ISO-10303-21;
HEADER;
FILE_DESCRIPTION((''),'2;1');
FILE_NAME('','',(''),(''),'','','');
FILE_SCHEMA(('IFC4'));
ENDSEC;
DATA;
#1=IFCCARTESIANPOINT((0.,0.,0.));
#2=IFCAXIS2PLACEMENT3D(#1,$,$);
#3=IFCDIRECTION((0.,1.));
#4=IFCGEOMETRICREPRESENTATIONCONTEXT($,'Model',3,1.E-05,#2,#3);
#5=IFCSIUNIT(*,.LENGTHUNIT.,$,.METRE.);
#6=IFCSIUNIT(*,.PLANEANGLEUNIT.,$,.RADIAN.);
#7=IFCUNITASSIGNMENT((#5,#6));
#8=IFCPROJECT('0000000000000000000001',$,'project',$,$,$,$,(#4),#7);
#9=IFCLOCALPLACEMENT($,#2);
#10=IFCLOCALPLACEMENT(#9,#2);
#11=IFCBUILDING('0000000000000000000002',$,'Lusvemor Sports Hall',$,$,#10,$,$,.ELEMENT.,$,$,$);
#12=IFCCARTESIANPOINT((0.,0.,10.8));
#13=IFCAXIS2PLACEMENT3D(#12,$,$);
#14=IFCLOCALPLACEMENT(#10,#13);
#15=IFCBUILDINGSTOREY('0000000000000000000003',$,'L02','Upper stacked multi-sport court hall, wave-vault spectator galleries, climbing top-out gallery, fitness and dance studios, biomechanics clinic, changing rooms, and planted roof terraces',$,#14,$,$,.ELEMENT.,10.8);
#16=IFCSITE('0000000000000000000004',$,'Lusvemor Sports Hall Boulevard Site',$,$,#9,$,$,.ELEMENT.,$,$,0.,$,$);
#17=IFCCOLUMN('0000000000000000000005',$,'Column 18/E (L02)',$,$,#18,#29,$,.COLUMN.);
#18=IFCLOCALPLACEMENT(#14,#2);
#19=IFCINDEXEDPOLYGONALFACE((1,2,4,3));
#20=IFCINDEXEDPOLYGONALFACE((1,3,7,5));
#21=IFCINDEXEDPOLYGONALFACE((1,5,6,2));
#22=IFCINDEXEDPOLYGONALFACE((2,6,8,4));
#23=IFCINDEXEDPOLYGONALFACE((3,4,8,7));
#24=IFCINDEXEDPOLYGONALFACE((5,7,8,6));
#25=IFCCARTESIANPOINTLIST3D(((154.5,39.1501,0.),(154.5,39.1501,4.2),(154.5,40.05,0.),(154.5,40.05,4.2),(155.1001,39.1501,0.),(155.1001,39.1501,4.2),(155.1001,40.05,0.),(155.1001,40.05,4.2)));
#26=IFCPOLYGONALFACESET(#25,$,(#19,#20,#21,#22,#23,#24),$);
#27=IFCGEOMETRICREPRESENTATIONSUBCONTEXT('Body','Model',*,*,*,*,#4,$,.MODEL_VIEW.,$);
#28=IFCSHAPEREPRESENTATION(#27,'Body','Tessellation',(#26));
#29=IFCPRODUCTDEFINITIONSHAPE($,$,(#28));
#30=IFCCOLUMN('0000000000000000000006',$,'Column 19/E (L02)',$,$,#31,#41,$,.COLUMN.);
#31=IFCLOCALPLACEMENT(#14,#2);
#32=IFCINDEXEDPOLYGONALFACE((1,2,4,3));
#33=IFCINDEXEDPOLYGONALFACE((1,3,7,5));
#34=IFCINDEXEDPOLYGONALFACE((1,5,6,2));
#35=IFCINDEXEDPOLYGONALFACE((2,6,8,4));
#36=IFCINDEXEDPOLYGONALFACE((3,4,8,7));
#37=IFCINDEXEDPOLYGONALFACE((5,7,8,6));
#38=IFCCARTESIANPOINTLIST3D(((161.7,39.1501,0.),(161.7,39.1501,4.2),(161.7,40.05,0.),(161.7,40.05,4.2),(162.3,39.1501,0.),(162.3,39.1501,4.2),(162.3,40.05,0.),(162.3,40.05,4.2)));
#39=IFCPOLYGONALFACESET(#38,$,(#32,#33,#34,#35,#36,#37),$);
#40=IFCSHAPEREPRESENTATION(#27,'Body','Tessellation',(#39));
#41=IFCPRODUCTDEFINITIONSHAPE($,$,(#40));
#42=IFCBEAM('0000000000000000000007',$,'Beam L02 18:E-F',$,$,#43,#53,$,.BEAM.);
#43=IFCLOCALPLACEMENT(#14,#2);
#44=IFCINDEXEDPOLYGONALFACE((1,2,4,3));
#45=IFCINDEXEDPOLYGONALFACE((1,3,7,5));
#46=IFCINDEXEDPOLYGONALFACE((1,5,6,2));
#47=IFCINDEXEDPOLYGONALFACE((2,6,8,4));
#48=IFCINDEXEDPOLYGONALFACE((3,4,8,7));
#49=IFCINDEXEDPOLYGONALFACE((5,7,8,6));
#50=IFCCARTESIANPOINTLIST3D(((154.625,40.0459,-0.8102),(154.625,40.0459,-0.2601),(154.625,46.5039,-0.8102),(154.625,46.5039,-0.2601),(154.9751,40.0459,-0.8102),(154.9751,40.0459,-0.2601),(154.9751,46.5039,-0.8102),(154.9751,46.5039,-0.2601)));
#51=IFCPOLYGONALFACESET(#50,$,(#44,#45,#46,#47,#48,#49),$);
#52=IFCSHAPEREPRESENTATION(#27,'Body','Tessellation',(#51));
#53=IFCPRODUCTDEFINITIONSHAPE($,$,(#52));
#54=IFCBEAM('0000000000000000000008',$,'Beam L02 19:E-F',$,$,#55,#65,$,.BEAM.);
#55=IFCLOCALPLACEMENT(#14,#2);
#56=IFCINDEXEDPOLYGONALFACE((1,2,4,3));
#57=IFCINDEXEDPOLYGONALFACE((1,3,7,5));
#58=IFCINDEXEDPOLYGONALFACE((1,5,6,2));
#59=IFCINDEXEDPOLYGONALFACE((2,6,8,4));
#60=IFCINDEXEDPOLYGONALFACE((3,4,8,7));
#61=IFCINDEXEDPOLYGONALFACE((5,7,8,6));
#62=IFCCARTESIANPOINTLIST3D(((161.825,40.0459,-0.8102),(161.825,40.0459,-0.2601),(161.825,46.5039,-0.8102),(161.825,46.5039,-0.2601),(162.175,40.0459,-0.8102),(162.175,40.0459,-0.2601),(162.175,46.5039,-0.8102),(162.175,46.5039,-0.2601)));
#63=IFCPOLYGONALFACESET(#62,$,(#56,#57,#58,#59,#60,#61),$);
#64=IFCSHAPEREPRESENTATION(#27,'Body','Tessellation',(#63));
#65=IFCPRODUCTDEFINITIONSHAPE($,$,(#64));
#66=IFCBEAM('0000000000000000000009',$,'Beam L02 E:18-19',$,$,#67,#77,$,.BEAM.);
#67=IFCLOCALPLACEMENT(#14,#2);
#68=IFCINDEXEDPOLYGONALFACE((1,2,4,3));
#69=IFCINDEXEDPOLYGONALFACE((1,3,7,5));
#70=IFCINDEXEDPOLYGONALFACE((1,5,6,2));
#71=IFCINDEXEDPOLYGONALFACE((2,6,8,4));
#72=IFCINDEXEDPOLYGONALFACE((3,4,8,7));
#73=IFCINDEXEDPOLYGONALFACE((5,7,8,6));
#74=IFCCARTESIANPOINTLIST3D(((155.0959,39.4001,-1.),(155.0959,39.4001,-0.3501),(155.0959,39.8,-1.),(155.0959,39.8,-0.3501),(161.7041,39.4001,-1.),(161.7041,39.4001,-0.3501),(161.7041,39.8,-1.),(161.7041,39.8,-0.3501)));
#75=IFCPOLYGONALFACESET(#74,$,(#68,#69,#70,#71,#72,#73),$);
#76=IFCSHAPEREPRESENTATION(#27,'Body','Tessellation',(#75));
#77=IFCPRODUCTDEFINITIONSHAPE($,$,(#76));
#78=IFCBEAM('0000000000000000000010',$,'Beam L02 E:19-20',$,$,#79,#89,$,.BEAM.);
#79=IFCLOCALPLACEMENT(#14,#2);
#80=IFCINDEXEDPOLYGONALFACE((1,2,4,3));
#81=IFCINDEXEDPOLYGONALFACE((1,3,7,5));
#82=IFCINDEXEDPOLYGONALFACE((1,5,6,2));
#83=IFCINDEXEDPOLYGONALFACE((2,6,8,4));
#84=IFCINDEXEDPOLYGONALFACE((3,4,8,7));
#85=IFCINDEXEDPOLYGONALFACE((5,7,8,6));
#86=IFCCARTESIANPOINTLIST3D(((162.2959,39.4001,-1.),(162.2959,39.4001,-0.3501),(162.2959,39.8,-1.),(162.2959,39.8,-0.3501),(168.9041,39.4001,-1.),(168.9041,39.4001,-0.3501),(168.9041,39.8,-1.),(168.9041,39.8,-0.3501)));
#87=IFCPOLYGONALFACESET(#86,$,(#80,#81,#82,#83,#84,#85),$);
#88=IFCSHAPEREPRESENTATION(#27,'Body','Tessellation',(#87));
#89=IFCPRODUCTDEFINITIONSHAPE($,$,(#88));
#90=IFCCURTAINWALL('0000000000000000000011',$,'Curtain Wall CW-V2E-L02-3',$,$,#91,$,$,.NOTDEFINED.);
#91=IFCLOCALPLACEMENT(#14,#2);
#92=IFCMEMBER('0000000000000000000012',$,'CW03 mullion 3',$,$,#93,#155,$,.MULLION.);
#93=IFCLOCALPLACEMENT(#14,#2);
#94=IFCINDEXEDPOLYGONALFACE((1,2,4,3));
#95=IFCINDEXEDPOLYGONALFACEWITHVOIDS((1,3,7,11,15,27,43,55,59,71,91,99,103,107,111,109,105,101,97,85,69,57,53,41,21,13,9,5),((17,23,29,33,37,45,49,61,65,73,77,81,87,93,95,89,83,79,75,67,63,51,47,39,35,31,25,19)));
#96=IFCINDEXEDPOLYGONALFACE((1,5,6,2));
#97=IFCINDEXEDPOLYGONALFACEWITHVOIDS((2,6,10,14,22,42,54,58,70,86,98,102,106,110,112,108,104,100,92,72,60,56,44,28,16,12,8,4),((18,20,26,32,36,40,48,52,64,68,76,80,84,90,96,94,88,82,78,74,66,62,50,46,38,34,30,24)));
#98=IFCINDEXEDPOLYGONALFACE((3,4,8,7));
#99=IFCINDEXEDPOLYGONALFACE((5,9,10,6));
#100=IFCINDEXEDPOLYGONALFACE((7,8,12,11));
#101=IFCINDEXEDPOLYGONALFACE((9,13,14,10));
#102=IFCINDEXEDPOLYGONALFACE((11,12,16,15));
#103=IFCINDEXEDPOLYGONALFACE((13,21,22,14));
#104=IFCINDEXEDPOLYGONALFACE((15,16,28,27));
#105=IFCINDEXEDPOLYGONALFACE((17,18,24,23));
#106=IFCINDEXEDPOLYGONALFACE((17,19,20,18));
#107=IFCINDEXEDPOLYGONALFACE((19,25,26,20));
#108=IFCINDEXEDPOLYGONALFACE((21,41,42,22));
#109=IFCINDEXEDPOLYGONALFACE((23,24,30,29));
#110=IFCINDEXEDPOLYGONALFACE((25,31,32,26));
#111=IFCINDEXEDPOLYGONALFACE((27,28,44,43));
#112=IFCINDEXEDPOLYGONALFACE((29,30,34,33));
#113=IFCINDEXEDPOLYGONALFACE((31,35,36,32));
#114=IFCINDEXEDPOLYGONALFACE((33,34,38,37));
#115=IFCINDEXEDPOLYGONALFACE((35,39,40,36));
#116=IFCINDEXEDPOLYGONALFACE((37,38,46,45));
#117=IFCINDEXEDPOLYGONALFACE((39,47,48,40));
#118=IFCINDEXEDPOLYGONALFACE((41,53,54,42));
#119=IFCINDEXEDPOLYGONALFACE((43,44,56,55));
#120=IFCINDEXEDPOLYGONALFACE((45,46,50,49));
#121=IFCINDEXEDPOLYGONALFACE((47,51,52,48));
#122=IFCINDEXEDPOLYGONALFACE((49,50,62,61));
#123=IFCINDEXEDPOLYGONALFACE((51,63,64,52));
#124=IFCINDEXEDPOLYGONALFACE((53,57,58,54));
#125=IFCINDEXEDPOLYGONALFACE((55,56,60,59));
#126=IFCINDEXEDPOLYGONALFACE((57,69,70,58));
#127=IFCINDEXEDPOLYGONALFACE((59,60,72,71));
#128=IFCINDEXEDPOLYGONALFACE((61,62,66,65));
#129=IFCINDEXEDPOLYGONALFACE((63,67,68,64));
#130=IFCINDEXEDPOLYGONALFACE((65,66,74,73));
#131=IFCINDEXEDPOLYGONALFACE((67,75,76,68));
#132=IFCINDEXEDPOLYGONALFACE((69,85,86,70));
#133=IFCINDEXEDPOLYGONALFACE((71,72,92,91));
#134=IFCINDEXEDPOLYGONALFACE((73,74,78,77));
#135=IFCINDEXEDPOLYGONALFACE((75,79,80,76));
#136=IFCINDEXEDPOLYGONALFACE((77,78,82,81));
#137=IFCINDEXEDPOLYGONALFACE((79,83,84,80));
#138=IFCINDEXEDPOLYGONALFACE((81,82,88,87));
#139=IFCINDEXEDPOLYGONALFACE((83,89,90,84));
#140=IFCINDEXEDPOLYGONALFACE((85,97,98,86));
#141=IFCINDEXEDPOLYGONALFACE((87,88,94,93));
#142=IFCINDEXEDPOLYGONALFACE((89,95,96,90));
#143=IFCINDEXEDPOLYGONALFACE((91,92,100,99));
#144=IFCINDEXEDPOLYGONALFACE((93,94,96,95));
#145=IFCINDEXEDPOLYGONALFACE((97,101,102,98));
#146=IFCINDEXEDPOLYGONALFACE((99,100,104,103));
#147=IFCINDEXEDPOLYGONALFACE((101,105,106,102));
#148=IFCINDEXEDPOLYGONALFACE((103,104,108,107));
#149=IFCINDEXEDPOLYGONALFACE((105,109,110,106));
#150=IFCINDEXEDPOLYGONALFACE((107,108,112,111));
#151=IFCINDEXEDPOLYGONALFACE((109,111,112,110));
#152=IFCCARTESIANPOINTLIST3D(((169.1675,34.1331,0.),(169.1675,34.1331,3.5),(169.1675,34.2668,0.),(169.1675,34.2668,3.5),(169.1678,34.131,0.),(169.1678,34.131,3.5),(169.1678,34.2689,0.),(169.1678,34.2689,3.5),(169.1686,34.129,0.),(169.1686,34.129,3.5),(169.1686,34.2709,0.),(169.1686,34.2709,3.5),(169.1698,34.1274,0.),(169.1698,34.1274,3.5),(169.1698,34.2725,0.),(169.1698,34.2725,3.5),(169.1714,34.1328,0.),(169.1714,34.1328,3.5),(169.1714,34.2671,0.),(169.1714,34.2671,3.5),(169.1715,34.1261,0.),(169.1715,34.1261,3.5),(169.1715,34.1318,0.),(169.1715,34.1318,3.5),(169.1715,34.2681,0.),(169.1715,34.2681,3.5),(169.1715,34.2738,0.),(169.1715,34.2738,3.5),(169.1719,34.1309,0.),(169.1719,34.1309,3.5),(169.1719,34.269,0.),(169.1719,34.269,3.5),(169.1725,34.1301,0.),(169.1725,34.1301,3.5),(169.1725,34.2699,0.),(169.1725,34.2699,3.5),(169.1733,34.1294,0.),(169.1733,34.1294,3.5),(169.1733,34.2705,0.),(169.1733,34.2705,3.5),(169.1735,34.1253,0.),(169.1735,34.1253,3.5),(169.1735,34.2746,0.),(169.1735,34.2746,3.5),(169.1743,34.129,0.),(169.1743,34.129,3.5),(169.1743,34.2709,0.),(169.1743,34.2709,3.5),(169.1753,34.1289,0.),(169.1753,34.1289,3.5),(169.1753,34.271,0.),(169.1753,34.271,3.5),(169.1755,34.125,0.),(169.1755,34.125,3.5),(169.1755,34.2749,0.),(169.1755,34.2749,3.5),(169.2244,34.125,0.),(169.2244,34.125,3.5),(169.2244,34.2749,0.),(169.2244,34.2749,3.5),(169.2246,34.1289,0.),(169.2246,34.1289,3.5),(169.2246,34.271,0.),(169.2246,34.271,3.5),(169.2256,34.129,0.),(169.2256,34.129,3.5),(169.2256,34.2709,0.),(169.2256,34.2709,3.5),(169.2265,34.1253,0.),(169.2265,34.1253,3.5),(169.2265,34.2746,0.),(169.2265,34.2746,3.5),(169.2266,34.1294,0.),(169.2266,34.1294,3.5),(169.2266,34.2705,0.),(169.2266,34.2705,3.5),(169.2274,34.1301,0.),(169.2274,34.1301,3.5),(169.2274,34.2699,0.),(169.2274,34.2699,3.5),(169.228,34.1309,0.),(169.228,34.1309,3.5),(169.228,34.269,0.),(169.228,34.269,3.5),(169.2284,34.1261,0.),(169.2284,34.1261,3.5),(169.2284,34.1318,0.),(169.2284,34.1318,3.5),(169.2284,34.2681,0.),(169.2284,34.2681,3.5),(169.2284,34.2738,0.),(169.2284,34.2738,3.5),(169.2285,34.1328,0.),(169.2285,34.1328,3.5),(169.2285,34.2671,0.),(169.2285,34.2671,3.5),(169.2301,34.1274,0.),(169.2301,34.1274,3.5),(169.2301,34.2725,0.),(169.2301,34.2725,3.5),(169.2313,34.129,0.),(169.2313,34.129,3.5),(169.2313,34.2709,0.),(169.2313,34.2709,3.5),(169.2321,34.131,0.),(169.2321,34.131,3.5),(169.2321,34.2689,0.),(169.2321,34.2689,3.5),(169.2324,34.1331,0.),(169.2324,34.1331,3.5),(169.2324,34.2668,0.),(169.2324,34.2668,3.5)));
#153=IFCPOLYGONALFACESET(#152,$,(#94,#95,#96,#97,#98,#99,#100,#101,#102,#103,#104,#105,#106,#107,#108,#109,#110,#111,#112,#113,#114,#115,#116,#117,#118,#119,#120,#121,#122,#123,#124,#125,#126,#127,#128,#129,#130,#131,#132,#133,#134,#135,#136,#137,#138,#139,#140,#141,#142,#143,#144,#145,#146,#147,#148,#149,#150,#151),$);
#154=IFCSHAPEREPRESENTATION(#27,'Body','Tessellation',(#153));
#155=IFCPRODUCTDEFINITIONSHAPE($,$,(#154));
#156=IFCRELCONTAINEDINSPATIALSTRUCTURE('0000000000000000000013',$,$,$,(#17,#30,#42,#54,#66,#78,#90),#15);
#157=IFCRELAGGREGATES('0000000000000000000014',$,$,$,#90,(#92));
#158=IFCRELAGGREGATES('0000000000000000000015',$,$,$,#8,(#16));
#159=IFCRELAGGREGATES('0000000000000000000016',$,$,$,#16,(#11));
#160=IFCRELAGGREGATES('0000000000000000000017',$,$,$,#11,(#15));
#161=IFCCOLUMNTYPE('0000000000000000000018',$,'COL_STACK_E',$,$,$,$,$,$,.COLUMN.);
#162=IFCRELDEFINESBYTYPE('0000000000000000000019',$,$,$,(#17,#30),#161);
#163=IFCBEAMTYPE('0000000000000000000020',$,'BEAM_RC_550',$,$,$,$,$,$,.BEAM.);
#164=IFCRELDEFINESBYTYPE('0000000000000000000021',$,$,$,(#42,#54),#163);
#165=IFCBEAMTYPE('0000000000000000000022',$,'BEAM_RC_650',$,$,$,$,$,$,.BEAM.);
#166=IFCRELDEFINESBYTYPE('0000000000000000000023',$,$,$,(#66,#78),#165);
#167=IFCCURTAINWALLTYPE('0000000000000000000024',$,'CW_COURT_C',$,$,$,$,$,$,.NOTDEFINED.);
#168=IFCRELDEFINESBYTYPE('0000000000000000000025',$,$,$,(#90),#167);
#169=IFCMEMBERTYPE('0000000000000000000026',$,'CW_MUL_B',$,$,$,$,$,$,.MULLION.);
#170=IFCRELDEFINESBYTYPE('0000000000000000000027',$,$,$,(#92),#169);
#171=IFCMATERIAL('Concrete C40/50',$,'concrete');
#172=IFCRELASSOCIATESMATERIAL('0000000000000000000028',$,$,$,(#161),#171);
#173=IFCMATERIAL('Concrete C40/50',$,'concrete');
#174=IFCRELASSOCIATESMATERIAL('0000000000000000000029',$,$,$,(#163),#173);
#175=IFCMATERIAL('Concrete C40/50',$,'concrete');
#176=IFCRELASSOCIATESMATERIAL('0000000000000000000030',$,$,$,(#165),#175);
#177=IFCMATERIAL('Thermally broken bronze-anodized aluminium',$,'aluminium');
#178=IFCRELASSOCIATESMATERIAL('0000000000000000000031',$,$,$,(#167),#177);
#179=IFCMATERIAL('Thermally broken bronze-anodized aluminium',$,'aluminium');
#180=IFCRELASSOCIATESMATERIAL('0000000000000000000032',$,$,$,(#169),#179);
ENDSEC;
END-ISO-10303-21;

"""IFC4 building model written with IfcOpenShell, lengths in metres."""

from ifc_helpers import new_model, si_unit, direction, frame, origin, origin_2d, place, context, subcontext, project, spatial, rectangle, hollow_rectangle, extrude, material, material_profile, profile_set, type_object, element, aggregate, save


model = new_model("IFC4")

# Units and contexts
model_context = context("Model", 3, precision=1e-05, world=origin(), true_north=direction((0.0, 1.0)))
body_context = subcontext(model_context, "Body", "Model", "MODEL_VIEW")
ifc_project = project(units=[si_unit("LENGTHUNIT", "METRE"), si_unit("PLANEANGLEUNIT", "RADIAN")], contexts=[model_context])

# Site, building, storey
site_placement = place(None, origin())
site = spatial("IfcSite", under=ifc_project, at=site_placement, Name="Lusvemor Sports Hall Boulevard Site", CompositionType="ELEMENT", RefElevation=0.0)
building_placement = place(site_placement, origin())
building = spatial("IfcBuilding", under=site, at=building_placement, Name="Lusvemor Sports Hall", CompositionType="ELEMENT")
storey_placement = place(building_placement, frame((0.0, 0.0, 10.8)))
storey = spatial("IfcBuildingStorey", under=building, at=storey_placement, Name="L02", Description="Upper stacked multi-sport court hall, wave-vault spectator galleries, climbing top-out gallery, fitness and dance studios, biomechanics clinic, changing rooms, and planted roof terraces", CompositionType="ELEMENT", Elevation=10.8)

# Columns
ifc_material_1 = material(Name="Concrete C40/50", Category="concrete")
ifc_material_profile_1 = material_profile(ifc_material_1, rectangle(XDim=0.6001, YDim=0.8999, at=origin_2d()), Name="RC600x900")
ifc_profile_set_1 = profile_set([ifc_material_profile_1], Name="Concrete C40/50")
column_type = type_object("IfcColumnType", Name="COL_STACK_E", PredefinedType="COLUMN", material=ifc_profile_set_1)
for number, where, z_axis, x_axis, name in (
    (1, (154.8, 39.6001, 0.0), (0.0, 0.0, 1.0), (1.0, 0.0, 0.0), "Column 18/E (L02)"),
    (2, (162.0, 39.6001, 0.0), (0.0, 0.0, 1.0), (1.0, 0.0, 0.0), "Column 19/E (L02)"),
):
    element("IfcColumn", number, at=place(storey_placement, frame(where, z_axis=z_axis, x_axis=x_axis)), inside=storey, type_object=column_type, Name=name, PredefinedType="COLUMN", context=body_context, shape_type="SweptSolid", body=[
        extrude(rectangle(XDim=0.6001, YDim=0.8999, at=origin_2d()), origin(), (0.0, 0.0, 1.0), 4.2),
    ])

# Beams
ifc_material_2 = material(Name="Concrete C40/50", Category="concrete")
ifc_material_profile_2 = material_profile(ifc_material_2, rectangle(XDim=0.3501, YDim=0.55, at=origin_2d()), Name="RC350x550")
ifc_profile_set_2 = profile_set([ifc_material_profile_2], Name="Concrete C40/50")
beam_type_1 = type_object("IfcBeamType", Name="BEAM_RC_550", PredefinedType="BEAM", material=ifc_profile_set_2)
for number, where, z_axis, x_axis, name in (
    (3, (154.8, 40.0459, -0.5352), (0.0, 1.0, 0.0), (-1.0, 0.0, 0.0), "Beam L02 18:E-F"),
    (4, (162.0, 40.0459, -0.5352), (0.0, 1.0, 0.0), (-1.0, 0.0, 0.0), "Beam L02 19:E-F"),
):
    element("IfcBeam", number, at=place(storey_placement, frame(where, z_axis=z_axis, x_axis=x_axis)), inside=storey, type_object=beam_type_1, Name=name, PredefinedType="BEAM", context=body_context, shape_type="SweptSolid", body=[
        extrude(rectangle(XDim=0.3501, YDim=0.55, at=origin_2d()), origin(), (0.0, 0.0, 1.0), 6.458),
    ])
ifc_material_3 = material(Name="Concrete C40/50", Category="concrete")
ifc_material_profile_3 = material_profile(ifc_material_3, rectangle(XDim=0.3999, YDim=0.6499, at=origin_2d()), Name="RC400x650")
ifc_profile_set_3 = profile_set([ifc_material_profile_3], Name="Concrete C40/50")
beam_type_2 = type_object("IfcBeamType", Name="BEAM_RC_650", PredefinedType="BEAM", material=ifc_profile_set_3)
for number, where, z_axis, x_axis, name in (
    (5, (155.0959, 39.6001, -0.675), (1.0, 0.0, 0.0), (0.0, 1.0, 0.0), "Beam L02 E:18-19"),
    (6, (162.2959, 39.6001, -0.675), (1.0, 0.0, 0.0), (0.0, 1.0, 0.0), "Beam L02 E:19-20"),
):
    element("IfcBeam", number, at=place(storey_placement, frame(where, z_axis=z_axis, x_axis=x_axis)), inside=storey, type_object=beam_type_2, Name=name, PredefinedType="BEAM", context=body_context, shape_type="SweptSolid", body=[
        extrude(rectangle(XDim=0.3999, YDim=0.6499, at=origin_2d()), origin(), (0.0, 0.0, 1.0), 6.6082),
    ])

# Curtain wall, member
ifc_material_4 = material(Name="Thermally broken bronze-anodized aluminium", Category="aluminium")
curtain_wall_type = type_object("IfcCurtainWallType", Name="CW_COURT_C", PredefinedType="NOTDEFINED", material=ifc_material_4)
curtain_wall_placement = place(storey_placement, origin())
curtain_wall = element("IfcCurtainWall", 7, at=curtain_wall_placement, inside=storey, type_object=curtain_wall_type, Name="Curtain Wall CW-V2E-L02-3", PredefinedType="NOTDEFINED")
ifc_material_5 = material(Name="Thermally broken bronze-anodized aluminium", Category="aluminium")
ifc_material_profile_4 = material_profile(ifc_material_5, hollow_rectangle(XDim=0.0649, YDim=0.1499, WallThickness=0.0039, InnerFilletRadius=0.0039, OuterFilletRadius=0.0081, at=origin_2d()), Name="CWMUL150x65x4")
ifc_profile_set_4 = profile_set([ifc_material_profile_4], Name="Thermally broken bronze-anodized aluminium")
member_type_1 = type_object("IfcMemberType", Name="CW_MUL_B", PredefinedType="MULLION", material=ifc_profile_set_4)
member_1_placement = place(storey_placement, frame((169.2, 34.2, 0.0), z_axis=(0.0, 0.0, 1.0), x_axis=(1.0, 0.0, 0.0)))
member_1 = element("IfcMember", 8, at=member_1_placement, type_object=member_type_1, Name="CW03 mullion 3", PredefinedType="MULLION", context=body_context, shape_type="SweptSolid", body=[
    extrude(hollow_rectangle(XDim=0.0649, YDim=0.1499, WallThickness=0.0039, InnerFilletRadius=0.0039, OuterFilletRadius=0.0081, at=origin_2d()), origin(), (0.0, 0.0, 1.0), 3.5),
])

aggregate(curtain_wall, [member_1])

save(model, "model.ifc")
